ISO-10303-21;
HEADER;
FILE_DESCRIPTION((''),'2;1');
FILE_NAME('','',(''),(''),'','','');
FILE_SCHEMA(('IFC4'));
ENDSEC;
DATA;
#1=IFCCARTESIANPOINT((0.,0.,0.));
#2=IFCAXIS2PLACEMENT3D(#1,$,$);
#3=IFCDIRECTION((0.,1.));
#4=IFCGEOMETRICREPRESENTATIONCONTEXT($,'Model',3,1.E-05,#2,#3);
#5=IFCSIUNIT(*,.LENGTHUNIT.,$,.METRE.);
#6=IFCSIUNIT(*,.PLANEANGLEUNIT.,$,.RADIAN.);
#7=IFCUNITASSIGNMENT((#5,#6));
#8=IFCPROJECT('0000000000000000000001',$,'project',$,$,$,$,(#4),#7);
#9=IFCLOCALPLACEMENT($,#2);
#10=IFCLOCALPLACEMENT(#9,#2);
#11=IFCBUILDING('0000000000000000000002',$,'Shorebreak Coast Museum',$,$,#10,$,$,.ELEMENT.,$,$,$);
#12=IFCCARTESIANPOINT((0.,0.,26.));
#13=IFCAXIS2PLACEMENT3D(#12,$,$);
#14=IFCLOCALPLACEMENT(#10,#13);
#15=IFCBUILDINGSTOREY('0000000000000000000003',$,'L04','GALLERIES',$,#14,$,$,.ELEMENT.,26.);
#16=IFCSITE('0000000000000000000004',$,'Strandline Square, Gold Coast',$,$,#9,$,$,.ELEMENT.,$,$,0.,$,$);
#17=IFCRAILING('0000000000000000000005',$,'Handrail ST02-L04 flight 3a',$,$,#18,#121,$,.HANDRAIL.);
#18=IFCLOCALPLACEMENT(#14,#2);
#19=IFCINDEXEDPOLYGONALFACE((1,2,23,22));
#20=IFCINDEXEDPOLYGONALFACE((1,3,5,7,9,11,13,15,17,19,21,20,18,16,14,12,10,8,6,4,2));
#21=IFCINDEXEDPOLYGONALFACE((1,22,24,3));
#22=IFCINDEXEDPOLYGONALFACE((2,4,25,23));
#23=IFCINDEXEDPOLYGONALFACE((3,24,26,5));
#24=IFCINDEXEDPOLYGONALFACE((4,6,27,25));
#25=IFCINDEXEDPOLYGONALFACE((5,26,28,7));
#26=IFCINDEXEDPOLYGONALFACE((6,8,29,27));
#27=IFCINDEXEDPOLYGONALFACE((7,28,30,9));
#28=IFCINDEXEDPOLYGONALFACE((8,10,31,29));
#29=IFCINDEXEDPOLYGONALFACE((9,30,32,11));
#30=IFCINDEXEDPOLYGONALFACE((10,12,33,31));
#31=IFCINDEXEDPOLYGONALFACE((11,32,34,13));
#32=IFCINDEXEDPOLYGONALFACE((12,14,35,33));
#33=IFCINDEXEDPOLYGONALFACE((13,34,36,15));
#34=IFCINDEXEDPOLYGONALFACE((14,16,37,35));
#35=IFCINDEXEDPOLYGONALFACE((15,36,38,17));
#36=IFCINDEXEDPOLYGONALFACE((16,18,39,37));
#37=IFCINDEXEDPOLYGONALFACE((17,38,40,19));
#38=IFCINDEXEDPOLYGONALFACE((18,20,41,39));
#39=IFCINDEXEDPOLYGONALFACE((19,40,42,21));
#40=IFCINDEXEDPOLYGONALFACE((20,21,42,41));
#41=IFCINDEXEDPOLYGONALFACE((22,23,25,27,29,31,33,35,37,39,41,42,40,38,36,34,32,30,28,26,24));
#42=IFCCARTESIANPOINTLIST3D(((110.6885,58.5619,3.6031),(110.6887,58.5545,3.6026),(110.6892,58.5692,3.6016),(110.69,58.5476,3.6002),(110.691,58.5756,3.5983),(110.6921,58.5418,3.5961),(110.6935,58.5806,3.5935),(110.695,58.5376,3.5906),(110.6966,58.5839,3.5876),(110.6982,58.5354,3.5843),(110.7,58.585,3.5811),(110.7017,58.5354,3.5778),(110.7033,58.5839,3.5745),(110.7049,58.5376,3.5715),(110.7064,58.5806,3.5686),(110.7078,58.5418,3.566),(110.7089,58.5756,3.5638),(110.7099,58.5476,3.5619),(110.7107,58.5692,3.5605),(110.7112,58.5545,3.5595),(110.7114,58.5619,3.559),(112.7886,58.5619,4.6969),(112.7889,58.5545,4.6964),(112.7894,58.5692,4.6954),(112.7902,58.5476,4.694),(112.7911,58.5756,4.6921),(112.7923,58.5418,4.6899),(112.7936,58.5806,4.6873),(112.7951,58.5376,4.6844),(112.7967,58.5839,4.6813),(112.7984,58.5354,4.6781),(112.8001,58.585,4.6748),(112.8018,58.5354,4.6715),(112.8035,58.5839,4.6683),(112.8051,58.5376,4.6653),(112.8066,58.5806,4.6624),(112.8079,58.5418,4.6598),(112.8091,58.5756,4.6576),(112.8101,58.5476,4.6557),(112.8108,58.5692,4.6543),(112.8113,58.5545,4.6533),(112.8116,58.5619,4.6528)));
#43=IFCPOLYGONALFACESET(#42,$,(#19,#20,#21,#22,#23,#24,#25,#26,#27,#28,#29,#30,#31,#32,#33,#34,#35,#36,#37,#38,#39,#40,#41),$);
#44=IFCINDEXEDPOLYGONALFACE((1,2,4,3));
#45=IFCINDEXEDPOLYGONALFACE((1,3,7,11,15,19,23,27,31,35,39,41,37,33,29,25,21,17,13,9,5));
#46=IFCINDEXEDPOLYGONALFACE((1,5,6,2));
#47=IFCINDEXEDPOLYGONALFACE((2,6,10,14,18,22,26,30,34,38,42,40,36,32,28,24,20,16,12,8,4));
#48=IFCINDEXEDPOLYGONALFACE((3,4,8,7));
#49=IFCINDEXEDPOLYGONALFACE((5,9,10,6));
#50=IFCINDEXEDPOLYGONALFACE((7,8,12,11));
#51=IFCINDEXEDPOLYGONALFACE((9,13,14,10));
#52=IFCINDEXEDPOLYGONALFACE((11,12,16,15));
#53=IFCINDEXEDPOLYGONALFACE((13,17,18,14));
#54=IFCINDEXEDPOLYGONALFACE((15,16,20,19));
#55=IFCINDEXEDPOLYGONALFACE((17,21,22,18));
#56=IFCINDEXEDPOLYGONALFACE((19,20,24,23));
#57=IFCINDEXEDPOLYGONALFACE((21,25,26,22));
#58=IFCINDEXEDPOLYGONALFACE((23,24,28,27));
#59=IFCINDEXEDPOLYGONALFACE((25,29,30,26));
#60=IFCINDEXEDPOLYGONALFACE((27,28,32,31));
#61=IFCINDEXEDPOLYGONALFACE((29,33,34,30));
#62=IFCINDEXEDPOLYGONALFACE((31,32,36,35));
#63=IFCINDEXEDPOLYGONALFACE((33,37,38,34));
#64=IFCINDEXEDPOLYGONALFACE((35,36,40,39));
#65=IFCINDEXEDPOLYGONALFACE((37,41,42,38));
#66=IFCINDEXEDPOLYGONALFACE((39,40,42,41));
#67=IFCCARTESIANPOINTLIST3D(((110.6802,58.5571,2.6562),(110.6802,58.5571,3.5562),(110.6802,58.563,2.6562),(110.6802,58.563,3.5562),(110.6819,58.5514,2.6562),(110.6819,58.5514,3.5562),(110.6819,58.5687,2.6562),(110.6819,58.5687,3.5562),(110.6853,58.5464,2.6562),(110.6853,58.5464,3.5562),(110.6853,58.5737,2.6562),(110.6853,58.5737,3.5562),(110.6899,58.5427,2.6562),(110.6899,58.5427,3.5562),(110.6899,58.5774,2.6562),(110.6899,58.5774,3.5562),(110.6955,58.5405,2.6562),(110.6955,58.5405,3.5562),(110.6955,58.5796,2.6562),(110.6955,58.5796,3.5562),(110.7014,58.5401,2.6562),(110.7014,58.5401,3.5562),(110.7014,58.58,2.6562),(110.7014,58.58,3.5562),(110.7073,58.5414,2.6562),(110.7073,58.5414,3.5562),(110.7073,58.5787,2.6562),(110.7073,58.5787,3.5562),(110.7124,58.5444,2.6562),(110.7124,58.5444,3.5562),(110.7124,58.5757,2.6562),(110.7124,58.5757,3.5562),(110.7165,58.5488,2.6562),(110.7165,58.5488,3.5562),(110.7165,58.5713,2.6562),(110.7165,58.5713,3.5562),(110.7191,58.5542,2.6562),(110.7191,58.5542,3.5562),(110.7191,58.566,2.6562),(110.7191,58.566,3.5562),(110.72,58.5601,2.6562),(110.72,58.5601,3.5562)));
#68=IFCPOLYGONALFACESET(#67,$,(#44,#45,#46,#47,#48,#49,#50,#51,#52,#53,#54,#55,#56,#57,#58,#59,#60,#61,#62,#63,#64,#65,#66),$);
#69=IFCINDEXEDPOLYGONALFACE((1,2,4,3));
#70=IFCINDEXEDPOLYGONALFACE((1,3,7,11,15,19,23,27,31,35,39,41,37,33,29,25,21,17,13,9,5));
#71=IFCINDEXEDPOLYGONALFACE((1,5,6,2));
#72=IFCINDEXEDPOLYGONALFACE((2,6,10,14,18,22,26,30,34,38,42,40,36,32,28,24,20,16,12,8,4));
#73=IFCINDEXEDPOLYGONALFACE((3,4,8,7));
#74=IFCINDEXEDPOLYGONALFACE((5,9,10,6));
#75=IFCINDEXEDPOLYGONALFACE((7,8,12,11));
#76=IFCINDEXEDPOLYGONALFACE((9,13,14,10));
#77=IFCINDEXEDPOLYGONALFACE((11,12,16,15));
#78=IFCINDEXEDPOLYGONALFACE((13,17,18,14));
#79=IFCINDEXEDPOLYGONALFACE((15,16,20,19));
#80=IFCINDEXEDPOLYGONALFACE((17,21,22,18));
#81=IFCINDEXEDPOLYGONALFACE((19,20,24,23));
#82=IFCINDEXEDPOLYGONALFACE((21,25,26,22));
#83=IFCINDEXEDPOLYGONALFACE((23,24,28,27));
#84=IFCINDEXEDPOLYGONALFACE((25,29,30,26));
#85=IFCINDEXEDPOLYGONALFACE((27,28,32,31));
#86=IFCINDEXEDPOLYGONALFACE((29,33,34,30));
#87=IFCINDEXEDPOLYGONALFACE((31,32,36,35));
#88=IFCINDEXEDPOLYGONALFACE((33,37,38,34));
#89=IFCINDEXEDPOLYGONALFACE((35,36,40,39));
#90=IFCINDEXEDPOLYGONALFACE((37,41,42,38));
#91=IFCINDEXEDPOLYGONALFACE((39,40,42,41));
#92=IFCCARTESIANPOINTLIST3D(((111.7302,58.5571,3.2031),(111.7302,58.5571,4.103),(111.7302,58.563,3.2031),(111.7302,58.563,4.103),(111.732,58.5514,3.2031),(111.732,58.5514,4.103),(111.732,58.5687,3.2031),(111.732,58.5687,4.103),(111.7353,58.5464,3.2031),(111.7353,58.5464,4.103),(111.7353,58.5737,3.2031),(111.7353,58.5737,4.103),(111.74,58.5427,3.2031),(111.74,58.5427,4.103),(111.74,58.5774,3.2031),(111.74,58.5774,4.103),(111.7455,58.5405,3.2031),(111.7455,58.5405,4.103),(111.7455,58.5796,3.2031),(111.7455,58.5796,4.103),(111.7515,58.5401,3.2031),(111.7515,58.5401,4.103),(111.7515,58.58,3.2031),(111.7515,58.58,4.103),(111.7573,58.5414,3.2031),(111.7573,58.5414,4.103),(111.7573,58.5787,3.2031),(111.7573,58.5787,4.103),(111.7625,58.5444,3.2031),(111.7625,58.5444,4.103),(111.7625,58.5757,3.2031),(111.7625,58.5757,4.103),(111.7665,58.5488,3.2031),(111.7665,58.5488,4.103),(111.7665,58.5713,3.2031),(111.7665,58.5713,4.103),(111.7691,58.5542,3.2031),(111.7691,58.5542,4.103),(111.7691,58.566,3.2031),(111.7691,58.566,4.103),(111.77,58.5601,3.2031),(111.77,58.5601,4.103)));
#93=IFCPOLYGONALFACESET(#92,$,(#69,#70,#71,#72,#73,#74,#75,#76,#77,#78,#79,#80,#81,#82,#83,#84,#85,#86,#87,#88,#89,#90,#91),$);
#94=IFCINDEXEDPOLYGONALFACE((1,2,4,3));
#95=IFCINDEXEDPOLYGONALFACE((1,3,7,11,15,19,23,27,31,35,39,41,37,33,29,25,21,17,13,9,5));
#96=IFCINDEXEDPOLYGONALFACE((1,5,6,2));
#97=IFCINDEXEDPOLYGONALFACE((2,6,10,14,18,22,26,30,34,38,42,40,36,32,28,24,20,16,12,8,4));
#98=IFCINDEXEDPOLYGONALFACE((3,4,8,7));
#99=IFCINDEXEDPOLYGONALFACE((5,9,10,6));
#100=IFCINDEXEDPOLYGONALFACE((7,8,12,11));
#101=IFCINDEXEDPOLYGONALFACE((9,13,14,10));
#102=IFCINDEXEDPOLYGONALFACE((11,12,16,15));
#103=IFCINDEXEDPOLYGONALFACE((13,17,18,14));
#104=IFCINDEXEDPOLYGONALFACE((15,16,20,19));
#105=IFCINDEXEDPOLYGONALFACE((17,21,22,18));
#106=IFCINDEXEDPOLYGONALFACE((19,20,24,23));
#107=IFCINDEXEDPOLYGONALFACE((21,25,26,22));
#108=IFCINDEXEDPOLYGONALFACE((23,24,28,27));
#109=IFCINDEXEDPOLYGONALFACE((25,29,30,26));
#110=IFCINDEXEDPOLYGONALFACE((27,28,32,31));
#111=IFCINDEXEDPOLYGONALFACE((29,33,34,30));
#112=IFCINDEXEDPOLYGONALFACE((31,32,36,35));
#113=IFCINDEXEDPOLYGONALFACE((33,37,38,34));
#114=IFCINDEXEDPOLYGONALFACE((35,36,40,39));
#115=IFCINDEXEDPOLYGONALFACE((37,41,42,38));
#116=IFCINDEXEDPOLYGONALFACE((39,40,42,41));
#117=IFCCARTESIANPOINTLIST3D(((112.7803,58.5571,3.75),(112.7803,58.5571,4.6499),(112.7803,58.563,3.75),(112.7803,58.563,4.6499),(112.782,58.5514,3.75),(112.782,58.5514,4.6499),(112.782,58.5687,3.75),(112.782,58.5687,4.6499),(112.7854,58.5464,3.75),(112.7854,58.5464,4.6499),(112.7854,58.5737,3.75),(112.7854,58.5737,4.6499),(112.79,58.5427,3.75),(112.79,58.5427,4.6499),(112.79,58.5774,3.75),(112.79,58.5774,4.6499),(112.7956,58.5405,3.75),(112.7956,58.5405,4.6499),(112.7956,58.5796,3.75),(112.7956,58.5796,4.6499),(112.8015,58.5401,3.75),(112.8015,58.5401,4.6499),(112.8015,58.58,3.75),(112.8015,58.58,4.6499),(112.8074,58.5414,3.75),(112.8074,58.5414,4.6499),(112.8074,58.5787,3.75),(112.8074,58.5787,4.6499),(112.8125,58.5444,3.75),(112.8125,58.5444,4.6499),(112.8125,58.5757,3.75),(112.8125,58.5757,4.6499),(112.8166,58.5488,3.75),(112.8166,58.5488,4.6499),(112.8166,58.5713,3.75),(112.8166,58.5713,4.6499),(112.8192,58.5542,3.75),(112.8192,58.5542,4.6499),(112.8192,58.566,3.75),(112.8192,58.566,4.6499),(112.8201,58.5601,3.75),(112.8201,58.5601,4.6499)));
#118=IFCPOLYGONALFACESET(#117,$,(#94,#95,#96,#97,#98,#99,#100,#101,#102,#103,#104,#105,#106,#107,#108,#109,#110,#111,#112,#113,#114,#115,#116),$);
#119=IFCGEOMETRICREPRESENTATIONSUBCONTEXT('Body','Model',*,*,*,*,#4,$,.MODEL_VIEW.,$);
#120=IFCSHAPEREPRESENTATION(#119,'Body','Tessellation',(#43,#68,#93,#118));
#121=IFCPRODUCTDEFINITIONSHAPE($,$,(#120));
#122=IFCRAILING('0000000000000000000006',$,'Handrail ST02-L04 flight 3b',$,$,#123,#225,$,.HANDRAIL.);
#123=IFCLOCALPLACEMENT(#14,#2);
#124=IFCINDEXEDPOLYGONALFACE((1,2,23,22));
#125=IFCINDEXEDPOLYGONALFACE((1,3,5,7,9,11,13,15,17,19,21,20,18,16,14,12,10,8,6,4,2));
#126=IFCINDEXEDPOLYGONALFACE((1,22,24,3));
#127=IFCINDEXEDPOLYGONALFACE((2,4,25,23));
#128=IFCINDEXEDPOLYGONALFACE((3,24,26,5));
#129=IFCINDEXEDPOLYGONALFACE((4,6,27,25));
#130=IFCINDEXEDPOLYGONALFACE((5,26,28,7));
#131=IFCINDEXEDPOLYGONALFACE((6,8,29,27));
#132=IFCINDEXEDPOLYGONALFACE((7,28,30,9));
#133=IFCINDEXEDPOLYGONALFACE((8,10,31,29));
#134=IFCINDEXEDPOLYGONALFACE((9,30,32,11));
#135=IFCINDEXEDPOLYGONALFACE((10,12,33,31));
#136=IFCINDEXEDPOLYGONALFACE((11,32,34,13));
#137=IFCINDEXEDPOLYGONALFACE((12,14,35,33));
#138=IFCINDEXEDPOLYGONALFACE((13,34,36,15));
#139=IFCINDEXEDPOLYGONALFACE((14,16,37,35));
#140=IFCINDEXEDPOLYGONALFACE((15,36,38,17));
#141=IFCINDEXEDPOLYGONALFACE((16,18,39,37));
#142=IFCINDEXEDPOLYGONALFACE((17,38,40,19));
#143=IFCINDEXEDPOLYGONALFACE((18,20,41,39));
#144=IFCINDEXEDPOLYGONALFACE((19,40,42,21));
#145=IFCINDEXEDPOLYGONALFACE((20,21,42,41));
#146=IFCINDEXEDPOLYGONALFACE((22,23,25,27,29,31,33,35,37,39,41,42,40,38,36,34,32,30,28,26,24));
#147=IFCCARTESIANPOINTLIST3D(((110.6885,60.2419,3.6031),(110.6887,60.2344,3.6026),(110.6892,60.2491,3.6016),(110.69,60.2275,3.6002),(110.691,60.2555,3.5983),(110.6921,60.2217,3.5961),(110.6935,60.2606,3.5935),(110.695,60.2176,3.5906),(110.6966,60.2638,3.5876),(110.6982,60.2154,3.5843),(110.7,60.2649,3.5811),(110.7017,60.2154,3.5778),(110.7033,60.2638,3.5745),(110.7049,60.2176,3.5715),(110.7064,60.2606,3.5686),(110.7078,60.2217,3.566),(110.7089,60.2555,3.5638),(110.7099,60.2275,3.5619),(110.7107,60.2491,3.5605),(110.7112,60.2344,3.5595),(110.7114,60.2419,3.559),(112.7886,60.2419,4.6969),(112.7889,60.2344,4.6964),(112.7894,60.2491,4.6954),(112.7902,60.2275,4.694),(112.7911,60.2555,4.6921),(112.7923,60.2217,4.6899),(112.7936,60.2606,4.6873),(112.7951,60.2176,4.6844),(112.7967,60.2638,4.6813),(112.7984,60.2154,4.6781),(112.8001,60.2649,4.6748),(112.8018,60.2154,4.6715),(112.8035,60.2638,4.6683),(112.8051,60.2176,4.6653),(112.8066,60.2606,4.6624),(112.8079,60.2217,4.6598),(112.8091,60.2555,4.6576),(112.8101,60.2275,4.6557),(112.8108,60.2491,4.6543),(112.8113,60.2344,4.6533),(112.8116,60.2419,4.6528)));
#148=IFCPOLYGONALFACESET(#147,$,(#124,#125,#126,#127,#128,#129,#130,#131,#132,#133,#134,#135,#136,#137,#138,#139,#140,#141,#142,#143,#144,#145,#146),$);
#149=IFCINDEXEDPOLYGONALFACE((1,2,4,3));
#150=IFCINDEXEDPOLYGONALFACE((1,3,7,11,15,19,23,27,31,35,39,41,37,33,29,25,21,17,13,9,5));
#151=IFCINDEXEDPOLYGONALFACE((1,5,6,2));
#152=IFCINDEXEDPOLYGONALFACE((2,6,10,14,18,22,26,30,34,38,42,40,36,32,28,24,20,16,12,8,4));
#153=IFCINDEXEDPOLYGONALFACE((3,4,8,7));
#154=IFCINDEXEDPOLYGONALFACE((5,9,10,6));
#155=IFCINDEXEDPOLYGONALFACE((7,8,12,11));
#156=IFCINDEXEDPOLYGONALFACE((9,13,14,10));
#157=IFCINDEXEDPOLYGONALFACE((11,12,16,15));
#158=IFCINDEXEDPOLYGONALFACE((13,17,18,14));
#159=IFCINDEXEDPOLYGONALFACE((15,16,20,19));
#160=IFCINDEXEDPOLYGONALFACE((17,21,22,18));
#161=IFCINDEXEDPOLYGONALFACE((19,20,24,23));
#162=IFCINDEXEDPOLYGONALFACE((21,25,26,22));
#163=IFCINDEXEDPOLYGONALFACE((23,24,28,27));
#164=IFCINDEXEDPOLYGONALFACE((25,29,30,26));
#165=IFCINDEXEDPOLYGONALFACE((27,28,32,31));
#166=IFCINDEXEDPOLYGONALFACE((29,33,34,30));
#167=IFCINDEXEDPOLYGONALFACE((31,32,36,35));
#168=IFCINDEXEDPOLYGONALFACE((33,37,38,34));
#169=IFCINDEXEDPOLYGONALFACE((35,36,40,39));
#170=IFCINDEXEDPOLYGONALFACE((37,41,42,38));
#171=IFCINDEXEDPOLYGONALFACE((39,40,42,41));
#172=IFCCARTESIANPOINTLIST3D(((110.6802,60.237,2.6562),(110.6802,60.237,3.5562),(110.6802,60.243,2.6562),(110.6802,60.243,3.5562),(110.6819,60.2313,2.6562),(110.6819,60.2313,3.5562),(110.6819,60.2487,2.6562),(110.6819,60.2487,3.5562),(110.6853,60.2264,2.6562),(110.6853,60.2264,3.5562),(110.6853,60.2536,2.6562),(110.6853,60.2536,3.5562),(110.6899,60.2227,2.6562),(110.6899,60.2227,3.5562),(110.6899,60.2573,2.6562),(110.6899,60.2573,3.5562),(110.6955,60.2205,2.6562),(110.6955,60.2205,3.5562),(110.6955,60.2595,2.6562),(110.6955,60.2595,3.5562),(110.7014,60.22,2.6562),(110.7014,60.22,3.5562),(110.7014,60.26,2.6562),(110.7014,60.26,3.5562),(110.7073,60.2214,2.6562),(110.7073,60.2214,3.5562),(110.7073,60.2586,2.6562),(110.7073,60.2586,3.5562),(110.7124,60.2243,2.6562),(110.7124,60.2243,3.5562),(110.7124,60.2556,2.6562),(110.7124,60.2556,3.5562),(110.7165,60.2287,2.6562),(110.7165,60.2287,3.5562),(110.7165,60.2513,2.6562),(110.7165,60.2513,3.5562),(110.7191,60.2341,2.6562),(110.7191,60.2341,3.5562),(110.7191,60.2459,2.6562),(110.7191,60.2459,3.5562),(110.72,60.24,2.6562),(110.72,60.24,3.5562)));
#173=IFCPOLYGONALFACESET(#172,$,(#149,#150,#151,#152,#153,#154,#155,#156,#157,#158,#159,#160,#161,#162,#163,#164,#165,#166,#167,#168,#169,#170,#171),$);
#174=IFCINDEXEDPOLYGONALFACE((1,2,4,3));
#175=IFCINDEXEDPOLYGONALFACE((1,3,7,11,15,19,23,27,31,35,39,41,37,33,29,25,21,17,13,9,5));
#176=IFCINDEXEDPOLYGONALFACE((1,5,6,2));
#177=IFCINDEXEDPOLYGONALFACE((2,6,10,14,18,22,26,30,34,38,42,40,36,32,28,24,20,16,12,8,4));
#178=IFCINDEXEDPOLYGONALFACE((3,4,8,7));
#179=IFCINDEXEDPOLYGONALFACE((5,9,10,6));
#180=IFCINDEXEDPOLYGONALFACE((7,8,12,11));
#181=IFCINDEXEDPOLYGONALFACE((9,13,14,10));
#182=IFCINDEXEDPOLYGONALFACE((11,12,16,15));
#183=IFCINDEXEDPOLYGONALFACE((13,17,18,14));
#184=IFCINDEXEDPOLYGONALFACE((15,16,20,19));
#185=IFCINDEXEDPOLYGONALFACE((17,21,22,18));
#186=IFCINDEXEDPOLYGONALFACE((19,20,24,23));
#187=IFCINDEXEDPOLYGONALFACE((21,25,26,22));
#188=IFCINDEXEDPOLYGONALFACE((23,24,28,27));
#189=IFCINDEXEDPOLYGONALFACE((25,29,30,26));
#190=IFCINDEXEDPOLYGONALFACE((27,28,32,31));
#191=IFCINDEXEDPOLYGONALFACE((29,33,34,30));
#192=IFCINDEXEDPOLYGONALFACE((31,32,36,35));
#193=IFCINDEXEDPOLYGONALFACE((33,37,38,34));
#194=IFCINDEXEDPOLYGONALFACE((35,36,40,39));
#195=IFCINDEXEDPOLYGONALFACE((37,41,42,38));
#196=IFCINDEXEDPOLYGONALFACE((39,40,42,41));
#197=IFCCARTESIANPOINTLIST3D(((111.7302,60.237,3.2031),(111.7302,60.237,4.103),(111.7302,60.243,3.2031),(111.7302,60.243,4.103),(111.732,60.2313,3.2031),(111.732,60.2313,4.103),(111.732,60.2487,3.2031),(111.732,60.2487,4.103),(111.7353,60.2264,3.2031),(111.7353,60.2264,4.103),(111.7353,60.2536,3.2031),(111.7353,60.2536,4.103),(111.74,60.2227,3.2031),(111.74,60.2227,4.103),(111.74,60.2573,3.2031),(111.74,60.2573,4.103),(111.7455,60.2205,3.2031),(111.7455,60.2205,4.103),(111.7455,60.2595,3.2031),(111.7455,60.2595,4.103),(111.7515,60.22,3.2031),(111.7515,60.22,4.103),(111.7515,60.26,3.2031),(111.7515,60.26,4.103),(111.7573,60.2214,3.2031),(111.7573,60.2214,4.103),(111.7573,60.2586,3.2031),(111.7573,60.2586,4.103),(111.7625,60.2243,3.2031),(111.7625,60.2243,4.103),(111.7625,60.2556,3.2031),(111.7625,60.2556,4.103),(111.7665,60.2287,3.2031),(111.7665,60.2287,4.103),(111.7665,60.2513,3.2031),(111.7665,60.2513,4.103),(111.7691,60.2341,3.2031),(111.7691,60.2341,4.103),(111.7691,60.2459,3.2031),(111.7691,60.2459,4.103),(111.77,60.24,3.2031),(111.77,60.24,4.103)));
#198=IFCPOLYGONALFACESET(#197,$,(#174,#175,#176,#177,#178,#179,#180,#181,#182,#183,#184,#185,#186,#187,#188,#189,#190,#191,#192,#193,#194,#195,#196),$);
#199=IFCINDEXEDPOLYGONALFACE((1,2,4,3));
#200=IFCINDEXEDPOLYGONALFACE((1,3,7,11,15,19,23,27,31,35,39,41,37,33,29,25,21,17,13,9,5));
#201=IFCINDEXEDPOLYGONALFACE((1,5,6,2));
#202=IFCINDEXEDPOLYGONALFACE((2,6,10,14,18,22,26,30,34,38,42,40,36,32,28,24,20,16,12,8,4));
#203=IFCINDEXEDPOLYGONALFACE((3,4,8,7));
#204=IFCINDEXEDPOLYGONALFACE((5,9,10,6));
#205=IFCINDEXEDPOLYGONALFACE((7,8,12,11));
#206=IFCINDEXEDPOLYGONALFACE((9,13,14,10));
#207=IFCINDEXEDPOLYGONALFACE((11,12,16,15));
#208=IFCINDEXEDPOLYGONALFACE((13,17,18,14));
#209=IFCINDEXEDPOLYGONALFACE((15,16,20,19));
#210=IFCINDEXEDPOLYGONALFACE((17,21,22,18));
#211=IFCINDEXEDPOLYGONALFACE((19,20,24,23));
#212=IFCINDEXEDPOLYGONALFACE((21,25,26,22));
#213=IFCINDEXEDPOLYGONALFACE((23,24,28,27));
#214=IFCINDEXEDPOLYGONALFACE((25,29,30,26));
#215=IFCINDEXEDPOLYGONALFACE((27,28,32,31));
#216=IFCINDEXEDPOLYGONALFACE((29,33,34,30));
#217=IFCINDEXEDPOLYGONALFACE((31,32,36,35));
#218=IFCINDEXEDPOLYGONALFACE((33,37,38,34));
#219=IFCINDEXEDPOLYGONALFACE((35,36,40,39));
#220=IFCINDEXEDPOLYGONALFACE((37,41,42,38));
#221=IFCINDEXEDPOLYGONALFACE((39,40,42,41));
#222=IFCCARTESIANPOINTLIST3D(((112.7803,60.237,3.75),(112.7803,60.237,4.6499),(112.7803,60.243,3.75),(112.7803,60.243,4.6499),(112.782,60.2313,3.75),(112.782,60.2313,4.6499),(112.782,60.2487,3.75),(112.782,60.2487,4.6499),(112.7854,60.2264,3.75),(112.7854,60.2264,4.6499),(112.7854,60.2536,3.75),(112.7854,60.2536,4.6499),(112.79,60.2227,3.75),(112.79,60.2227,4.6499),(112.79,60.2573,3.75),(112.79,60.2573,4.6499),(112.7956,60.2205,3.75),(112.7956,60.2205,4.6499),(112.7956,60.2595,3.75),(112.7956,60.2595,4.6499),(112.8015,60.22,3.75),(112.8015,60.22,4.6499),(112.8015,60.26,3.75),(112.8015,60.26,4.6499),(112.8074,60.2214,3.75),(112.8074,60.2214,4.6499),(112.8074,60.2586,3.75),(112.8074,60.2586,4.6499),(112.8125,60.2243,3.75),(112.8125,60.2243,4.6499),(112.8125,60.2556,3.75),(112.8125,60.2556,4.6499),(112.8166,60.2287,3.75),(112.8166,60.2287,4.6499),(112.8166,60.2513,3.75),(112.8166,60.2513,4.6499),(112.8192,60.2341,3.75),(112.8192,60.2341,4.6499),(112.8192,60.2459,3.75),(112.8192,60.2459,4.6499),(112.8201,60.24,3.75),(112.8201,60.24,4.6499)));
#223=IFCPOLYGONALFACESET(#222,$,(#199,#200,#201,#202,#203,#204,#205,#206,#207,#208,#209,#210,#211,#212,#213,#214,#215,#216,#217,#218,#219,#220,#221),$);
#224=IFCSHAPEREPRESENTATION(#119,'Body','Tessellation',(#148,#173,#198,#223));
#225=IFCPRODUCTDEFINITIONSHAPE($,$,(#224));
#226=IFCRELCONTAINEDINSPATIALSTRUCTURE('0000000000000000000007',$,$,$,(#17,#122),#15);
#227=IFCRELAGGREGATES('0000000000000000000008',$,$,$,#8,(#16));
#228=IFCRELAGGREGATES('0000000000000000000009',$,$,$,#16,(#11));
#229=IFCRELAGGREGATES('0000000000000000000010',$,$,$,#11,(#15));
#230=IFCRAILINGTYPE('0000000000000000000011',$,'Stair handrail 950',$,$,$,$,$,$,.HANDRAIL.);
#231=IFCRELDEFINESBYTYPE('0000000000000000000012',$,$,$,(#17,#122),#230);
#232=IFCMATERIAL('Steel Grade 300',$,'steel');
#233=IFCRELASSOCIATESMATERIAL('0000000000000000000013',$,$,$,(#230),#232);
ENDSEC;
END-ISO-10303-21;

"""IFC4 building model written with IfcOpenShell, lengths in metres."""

from ifc_helpers import new_model, si_unit, direction, frame, origin, origin_2d, place, context, subcontext, project, spatial, circle, extrude, material, type_object, element, save


model = new_model("IFC4")

# Units and contexts
model_context = context("Model", 3, precision=1e-05, world=origin(), true_north=direction((0.0, 1.0)))
body_context = subcontext(model_context, "Body", "Model", "MODEL_VIEW")
ifc_project = project(units=[si_unit("LENGTHUNIT", "METRE"), si_unit("PLANEANGLEUNIT", "RADIAN")], contexts=[model_context])

# Site, building, storey
site_placement = place(None, origin())
site = spatial("IfcSite", under=ifc_project, at=site_placement, Name="Strandline Square, Gold Coast", CompositionType="ELEMENT", RefElevation=0.0)
building_placement = place(site_placement, origin())
building = spatial("IfcBuilding", under=site, at=building_placement, Name="Shorebreak Coast Museum", CompositionType="ELEMENT")
storey_placement = place(building_placement, frame((0.0, 0.0, 26.0)))
storey = spatial("IfcBuildingStorey", under=building, at=storey_placement, Name="L04", Description="GALLERIES", CompositionType="ELEMENT", Elevation=26.0)

# Railings
ifc_material_1 = material(Name="Steel Grade 300", Category="steel")
railing_type_1 = type_object("IfcRailingType", Name="Stair handrail 950", PredefinedType="HANDRAIL", material=ifc_material_1)
for number, where, name in (
    (1, (110.7, 58.5601, 2.6562), "Handrail ST02-L04 flight 3a"),
    (2, (110.7, 60.24, 2.6562), "Handrail ST02-L04 flight 3b"),
):
    element("IfcRailing", number, at=place(storey_placement, frame(where)), inside=storey, type_object=railing_type_1, Name=name, PredefinedType="HANDRAIL", context=body_context, shape_type="SweptSolid", body=[
        extrude(circle(Radius=0.0249, at=origin_2d()), frame((0.0, 0.0, 0.9248), z_axis=(0.886923, 0.0, 0.461918), x_axis=(0.0, 1.0, 0.0)), (0.0, 0.0, 1.0), 2.3679),
        extrude(circle(Radius=0.02, at=origin_2d()), origin(), (0.0, 0.0, 1.0), 0.8999),
        extrude(circle(Radius=0.02, at=origin_2d()), frame((1.05, 0.0, 0.5469)), (0.0, 0.0, 1.0), 0.8999),
        extrude(circle(Radius=0.02, at=origin_2d()), frame((2.1001, 0.0, 1.0938)), (0.0, 0.0, 1.0), 0.8999),
    ])

save(model, "model.ifc")
